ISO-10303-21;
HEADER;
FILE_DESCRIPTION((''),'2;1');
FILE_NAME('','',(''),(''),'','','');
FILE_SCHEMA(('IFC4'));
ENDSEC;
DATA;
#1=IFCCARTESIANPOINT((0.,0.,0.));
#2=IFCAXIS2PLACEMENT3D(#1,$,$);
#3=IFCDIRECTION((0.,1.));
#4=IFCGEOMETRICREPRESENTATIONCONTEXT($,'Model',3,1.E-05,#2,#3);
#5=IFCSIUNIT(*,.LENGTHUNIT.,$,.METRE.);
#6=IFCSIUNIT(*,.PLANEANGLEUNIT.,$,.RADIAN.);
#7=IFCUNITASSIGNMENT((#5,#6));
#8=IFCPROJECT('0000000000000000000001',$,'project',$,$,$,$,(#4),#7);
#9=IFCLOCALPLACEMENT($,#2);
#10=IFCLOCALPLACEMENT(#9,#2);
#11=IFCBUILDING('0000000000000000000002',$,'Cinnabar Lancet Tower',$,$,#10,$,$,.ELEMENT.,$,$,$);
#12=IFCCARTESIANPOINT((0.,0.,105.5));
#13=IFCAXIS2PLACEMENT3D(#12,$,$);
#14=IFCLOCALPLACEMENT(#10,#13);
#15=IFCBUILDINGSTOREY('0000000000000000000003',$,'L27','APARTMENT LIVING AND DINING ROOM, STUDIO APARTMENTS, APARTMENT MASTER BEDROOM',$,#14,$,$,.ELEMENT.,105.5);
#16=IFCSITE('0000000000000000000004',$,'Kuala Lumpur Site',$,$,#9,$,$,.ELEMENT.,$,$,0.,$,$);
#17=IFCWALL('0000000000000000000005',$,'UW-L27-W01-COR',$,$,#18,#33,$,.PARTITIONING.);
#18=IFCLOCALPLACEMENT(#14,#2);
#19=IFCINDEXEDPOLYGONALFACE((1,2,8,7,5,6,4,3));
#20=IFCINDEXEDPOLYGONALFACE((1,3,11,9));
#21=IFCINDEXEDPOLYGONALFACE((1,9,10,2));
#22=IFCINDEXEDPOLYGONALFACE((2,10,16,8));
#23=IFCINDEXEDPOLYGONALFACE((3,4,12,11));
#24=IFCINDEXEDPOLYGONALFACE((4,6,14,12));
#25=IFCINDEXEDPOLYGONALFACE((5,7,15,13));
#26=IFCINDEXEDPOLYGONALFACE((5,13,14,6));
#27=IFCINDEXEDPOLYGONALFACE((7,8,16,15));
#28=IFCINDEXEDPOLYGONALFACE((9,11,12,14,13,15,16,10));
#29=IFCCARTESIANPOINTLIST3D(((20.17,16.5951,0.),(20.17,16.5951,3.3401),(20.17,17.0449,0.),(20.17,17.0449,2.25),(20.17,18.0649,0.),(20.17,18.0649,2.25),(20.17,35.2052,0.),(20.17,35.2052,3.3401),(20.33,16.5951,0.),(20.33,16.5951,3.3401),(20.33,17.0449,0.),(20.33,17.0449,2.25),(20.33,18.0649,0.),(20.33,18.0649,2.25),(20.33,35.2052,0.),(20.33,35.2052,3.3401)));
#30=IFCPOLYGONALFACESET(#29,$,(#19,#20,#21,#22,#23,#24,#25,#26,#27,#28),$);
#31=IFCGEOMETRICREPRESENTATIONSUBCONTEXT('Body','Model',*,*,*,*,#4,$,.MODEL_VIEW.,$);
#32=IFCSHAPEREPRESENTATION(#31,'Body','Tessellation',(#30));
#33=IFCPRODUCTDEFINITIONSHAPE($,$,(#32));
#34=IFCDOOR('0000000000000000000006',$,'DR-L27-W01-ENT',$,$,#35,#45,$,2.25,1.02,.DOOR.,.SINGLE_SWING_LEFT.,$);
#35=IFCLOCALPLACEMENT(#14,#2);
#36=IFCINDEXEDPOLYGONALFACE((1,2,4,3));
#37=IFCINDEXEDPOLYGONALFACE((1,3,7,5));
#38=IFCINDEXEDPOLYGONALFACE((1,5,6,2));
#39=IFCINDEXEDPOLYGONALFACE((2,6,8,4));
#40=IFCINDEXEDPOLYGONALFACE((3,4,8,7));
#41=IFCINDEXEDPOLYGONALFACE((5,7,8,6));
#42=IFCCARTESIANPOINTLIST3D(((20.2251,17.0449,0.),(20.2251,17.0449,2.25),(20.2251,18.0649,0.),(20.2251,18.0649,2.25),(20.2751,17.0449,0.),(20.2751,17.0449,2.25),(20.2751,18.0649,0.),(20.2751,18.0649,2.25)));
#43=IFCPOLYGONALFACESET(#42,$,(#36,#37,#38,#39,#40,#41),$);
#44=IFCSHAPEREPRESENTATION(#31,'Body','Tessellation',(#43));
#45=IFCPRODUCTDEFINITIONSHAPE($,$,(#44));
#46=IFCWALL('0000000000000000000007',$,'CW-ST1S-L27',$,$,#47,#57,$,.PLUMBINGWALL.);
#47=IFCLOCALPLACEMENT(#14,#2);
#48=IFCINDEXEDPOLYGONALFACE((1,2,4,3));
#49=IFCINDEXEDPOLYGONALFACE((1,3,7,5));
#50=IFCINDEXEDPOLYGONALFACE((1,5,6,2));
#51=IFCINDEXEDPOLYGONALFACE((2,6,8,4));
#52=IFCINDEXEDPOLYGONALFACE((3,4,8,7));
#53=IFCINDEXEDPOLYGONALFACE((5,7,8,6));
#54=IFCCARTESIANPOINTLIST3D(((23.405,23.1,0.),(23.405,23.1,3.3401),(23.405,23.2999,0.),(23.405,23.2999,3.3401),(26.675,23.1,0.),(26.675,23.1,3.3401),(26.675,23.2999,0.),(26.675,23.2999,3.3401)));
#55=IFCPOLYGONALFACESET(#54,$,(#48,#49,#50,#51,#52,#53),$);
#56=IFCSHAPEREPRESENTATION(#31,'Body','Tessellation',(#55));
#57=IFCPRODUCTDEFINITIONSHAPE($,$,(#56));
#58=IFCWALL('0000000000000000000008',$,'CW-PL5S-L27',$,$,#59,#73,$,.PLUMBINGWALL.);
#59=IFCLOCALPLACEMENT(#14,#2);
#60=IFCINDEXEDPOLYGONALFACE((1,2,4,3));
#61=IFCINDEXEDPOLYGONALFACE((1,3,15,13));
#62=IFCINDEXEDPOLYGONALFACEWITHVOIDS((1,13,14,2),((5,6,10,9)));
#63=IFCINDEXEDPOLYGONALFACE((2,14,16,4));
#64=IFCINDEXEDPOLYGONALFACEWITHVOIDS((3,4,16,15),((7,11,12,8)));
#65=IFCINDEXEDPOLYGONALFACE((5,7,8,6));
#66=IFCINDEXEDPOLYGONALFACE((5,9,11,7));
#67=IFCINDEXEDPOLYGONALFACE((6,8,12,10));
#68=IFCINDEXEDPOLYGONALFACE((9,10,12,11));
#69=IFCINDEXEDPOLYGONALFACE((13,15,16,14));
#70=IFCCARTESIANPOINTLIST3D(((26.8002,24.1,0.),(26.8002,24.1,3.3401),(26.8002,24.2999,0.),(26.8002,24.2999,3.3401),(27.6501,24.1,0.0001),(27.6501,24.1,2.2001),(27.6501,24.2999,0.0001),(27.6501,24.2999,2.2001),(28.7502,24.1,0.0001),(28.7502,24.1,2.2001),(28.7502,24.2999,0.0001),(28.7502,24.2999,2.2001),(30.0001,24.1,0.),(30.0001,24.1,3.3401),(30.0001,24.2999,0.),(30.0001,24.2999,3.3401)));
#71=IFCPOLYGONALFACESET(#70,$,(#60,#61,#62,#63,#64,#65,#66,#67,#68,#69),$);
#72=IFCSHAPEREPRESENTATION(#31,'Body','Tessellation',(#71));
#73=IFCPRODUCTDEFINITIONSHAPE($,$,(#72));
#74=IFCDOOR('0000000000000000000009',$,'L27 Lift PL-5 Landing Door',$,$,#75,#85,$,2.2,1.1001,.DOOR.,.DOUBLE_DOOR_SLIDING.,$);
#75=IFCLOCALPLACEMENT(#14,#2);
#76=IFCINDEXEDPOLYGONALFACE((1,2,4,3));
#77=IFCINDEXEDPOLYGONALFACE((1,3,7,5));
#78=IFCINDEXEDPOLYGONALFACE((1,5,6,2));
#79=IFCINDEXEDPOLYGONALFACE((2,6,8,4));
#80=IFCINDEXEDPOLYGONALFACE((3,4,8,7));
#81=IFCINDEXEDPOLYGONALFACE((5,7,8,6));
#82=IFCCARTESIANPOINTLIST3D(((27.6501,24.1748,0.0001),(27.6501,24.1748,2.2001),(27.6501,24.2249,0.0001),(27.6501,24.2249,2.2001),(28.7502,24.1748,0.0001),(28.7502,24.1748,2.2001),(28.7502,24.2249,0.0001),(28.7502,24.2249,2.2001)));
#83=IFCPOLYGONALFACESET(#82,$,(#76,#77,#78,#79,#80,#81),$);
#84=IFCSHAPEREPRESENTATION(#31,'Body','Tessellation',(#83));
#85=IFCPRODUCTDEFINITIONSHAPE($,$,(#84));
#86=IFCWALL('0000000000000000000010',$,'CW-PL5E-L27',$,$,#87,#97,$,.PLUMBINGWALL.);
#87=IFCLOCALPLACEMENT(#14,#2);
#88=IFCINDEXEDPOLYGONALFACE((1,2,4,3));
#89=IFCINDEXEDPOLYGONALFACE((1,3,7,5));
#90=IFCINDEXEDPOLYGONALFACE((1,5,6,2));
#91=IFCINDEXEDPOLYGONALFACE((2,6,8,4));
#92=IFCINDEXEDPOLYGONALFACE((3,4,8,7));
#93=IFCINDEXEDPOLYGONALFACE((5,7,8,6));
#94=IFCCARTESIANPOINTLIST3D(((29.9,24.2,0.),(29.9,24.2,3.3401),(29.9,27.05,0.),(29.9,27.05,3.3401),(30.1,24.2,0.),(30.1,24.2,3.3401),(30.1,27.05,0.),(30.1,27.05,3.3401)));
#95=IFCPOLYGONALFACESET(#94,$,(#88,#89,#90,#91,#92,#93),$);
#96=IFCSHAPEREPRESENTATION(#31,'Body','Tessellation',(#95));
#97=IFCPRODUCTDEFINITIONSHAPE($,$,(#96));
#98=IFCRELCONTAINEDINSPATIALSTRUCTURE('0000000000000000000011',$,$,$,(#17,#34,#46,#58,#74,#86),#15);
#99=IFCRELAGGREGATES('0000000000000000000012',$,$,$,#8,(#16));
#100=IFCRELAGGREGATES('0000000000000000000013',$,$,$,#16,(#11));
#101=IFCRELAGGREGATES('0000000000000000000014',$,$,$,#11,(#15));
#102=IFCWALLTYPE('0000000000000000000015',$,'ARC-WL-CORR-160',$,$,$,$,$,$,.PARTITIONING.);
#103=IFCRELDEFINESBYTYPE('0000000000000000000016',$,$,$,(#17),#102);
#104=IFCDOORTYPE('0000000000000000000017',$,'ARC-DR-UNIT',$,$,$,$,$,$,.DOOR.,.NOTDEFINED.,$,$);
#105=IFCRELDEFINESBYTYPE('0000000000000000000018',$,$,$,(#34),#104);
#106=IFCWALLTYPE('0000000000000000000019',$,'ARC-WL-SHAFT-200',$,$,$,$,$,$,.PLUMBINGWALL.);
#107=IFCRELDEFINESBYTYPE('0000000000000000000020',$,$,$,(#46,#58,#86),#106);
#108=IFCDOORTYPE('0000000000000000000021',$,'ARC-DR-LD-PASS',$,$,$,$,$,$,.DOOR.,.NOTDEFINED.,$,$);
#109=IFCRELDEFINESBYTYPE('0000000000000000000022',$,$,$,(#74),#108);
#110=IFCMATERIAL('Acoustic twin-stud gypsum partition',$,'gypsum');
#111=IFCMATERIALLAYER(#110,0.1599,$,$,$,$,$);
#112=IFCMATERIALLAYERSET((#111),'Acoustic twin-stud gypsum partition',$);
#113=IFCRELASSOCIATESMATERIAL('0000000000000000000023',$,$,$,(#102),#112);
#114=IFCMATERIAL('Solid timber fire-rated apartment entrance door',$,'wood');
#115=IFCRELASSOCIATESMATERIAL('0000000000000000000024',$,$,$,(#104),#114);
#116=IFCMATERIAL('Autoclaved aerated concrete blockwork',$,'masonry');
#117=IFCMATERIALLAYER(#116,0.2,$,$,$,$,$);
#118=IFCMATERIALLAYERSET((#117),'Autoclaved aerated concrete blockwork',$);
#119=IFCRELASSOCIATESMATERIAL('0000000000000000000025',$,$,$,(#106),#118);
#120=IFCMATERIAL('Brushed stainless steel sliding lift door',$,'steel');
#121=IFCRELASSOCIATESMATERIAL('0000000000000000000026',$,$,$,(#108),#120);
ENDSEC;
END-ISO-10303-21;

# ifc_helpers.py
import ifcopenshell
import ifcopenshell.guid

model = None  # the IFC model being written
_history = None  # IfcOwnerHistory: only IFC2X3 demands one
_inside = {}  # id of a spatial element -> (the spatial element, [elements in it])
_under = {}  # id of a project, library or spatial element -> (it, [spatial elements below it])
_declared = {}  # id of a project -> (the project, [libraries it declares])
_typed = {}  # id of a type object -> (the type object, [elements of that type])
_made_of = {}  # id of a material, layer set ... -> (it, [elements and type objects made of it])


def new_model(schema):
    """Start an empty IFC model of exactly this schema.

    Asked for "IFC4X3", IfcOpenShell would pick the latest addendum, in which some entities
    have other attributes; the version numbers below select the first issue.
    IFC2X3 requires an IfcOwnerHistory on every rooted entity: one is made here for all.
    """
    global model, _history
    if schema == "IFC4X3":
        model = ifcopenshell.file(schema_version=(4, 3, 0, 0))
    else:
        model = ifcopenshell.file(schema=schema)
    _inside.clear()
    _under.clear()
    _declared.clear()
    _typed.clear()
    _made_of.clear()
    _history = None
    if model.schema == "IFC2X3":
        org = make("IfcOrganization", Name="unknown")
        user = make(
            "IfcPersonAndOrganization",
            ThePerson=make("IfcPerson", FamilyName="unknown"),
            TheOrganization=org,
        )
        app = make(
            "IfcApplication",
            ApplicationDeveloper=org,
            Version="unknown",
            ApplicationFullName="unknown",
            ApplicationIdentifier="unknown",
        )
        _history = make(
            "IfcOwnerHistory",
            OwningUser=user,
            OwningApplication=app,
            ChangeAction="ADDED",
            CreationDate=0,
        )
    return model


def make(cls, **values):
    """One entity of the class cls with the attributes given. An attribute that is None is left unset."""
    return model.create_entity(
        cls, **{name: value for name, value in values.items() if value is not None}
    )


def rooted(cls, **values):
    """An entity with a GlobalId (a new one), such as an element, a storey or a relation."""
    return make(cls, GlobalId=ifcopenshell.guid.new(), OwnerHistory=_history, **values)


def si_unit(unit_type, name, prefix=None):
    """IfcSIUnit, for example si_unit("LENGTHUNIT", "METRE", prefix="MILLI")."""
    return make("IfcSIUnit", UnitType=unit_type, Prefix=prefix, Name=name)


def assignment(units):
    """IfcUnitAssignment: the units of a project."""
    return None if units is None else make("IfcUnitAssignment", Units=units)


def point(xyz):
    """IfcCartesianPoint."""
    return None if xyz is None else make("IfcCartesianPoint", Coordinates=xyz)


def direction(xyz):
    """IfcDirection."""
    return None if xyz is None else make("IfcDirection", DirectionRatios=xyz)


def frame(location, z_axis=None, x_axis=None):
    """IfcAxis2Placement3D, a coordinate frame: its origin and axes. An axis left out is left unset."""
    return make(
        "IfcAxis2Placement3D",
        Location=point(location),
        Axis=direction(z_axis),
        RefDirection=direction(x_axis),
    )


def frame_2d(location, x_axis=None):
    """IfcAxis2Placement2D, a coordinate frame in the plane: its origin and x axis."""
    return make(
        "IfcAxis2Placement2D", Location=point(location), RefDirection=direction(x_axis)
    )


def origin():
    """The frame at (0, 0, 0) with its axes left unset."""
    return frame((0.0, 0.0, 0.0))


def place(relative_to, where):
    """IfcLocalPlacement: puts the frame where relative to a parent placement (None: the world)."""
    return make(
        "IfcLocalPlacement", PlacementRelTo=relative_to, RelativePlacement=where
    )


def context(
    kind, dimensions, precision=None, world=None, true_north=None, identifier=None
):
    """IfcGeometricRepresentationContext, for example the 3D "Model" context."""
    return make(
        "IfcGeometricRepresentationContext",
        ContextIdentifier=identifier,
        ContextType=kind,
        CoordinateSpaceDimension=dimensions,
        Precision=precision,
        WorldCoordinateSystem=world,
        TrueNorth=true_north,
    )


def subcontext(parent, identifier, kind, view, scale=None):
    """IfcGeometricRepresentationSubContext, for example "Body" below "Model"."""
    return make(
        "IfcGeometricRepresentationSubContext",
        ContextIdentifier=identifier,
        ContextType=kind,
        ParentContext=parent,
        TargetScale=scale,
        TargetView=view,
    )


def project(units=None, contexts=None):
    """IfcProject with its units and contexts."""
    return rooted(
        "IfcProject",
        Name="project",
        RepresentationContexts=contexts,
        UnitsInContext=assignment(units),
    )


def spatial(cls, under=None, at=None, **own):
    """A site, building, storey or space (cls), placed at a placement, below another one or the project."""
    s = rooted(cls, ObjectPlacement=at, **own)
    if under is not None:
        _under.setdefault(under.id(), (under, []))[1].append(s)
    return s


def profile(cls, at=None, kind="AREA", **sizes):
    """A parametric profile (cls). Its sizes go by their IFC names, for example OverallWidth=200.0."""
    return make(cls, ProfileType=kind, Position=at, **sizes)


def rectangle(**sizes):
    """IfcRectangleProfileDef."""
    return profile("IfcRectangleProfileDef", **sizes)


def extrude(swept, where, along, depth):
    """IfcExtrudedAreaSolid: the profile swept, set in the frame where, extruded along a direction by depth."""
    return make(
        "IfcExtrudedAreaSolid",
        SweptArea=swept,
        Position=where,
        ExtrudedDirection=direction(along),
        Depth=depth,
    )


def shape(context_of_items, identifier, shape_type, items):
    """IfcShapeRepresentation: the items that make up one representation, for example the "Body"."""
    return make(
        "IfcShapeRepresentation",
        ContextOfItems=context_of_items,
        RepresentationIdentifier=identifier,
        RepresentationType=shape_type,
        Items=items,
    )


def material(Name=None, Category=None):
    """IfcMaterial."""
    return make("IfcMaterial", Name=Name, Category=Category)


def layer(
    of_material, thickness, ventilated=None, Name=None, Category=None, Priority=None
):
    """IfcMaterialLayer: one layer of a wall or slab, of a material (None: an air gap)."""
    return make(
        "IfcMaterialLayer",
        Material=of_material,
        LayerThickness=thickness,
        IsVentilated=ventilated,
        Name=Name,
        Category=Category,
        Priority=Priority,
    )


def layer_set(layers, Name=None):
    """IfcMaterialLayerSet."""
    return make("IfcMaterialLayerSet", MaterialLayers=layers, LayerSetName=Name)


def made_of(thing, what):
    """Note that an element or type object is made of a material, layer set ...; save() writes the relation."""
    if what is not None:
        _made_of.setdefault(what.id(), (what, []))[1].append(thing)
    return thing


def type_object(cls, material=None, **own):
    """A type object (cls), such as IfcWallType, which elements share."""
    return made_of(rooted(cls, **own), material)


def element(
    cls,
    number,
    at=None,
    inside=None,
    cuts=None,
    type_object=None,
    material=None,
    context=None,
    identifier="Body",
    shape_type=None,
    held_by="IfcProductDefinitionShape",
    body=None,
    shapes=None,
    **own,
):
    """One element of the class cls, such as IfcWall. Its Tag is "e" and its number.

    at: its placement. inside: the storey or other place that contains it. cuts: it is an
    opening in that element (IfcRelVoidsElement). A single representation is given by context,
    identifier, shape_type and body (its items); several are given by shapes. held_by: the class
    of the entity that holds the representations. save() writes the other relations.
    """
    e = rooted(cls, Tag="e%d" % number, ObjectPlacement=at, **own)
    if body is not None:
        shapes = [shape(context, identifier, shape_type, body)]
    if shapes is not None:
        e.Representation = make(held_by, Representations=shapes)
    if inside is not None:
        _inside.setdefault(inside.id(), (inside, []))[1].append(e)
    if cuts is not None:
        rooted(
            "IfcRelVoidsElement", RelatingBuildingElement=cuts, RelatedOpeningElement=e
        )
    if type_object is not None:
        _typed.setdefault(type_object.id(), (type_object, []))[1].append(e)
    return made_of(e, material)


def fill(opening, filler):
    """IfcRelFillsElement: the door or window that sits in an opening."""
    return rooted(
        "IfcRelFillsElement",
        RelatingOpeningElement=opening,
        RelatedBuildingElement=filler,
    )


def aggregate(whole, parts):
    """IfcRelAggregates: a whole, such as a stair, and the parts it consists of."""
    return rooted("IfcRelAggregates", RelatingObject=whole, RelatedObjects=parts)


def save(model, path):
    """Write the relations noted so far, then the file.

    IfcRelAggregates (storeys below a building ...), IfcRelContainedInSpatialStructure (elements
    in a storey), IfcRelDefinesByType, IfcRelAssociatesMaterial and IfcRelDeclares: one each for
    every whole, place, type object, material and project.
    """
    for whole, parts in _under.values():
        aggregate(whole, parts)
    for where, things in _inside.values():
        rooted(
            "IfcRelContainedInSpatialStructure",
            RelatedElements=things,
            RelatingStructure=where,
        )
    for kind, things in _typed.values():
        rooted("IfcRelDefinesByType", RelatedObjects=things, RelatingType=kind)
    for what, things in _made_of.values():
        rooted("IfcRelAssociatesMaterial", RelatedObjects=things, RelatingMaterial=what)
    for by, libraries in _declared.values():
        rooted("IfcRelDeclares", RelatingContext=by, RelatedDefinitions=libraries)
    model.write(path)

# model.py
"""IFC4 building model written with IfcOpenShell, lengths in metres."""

from ifc_helpers import new_model, si_unit, direction, frame, frame_2d, origin, place, context, subcontext, project, spatial, rectangle, extrude, material, layer, layer_set, type_object, element, fill, save


model = new_model("IFC4")

# Units and contexts
model_context = context("Model", 3, precision=1e-05, world=origin(), true_north=direction((0.0, 1.0)))
body_context = subcontext(model_context, "Body", "Model", "MODEL_VIEW")
ifc_project = project(units=[si_unit("LENGTHUNIT", "METRE"), si_unit("PLANEANGLEUNIT", "RADIAN")], contexts=[model_context])

# Site, building, storey
site_placement = place(None, origin())
site = spatial("IfcSite", under=ifc_project, at=site_placement, Name="Kuala Lumpur Site", CompositionType="ELEMENT", RefElevation=0.0)
building_placement = place(site_placement, origin())
building = spatial("IfcBuilding", under=site, at=building_placement, Name="Cinnabar Lancet Tower", CompositionType="ELEMENT")
storey_placement = place(building_placement, frame((0.0, 0.0, 105.5)))
storey = spatial("IfcBuildingStorey", under=building, at=storey_placement, Name="L27", Description="APARTMENT LIVING AND DINING ROOM, STUDIO APARTMENTS, APARTMENT MASTER BEDROOM", CompositionType="ELEMENT", Elevation=105.5)

# Wall, opening, door
ifc_material_1 = material(Name="Acoustic twin-stud gypsum partition", Category="gypsum")
ifc_layer_1 = layer(ifc_material_1, 0.1599)
ifc_layer_set_1 = layer_set([ifc_layer_1], Name="Acoustic twin-stud gypsum partition")
wall_type_1 = type_object("IfcWallType", Name="ARC-WL-CORR-160", PredefinedType="PARTITIONING", material=ifc_layer_set_1)
wall_1_placement = place(storey_placement, frame((20.25, 16.595, 0.0), z_axis=(0.0, 0.0, 1.0), x_axis=(0.0, 1.0, 0.0)))
wall_1 = element("IfcWall", 1, at=wall_1_placement, inside=storey, type_object=wall_type_1, Name="UW-L27-W01-COR", PredefinedType="PARTITIONING", context=body_context, shape_type="SweptSolid", body=[
    extrude(rectangle(XDim=18.6101, YDim=0.1599, at=frame_2d((9.3052, 0.0))), origin(), (0.0, 0.0, 1.0), 3.3401),
])
opening_1_placement = place(wall_1_placement, frame((0.45, 0.0, 0.0)))
opening_1 = element("IfcOpeningElement", 2, at=opening_1_placement, cuts=wall_1, PredefinedType="OPENING", context=body_context, shape_type="SweptSolid", body=[
    extrude(rectangle(XDim=1.02, YDim=2.25, at=frame_2d((0.51, 1.125))), frame((0.0, 0.0898, 0.0), z_axis=(0.0, -1.0, 0.0), x_axis=(1.0, 0.0, 0.0)), (0.0, 0.0, 1.0), 0.1799),
])
ifc_material_2 = material(Name="Solid timber fire-rated apartment entrance door", Category="wood")
door_type_1 = type_object("IfcDoorType", Name="ARC-DR-UNIT", OperationType="NOTDEFINED", PredefinedType="DOOR", material=ifc_material_2)
door_1_placement = place(opening_1_placement, origin())
door_1 = element("IfcDoor", 3, at=door_1_placement, inside=storey, type_object=door_type_1, Name="DR-L27-W01-ENT", OperationType="SINGLE_SWING_LEFT", OverallHeight=2.25, OverallWidth=1.02, PredefinedType="DOOR", context=body_context, shape_type="SweptSolid", body=[
    extrude(rectangle(XDim=1.02, YDim=2.25, at=frame_2d((0.51, 1.125))), frame((0.0, 0.0249, 0.0), z_axis=(0.0, -1.0, 0.0), x_axis=(1.0, 0.0, 0.0)), (0.0, 0.0, 1.0), 0.05),
])
fill(opening_1, door_1)

# Wall
ifc_material_3 = material(Name="Autoclaved aerated concrete blockwork", Category="masonry")
ifc_layer_2 = layer(ifc_material_3, 0.2)
ifc_layer_set_2 = layer_set([ifc_layer_2], Name="Autoclaved aerated concrete blockwork")
wall_type_2 = type_object("IfcWallType", Name="ARC-WL-SHAFT-200", PredefinedType="PLUMBINGWALL", material=ifc_layer_set_2)
wall_2_placement = place(storey_placement, frame((23.405, 23.2, 0.0), z_axis=(0.0, 0.0, 1.0), x_axis=(1.0, 0.0, 0.0)))
element("IfcWall", 4, at=wall_2_placement, inside=storey, type_object=wall_type_2, Name="CW-ST1S-L27", PredefinedType="PLUMBINGWALL", context=body_context, shape_type="SweptSolid", body=[
    extrude(rectangle(XDim=3.27, YDim=0.2, at=frame_2d((1.635, 0.0))), origin(), (0.0, 0.0, 1.0), 3.3401),
])

# Wall, opening, door
wall_3_placement = place(storey_placement, frame((26.8, 24.2, 0.0), z_axis=(0.0, 0.0, 1.0), x_axis=(1.0, 0.0, 0.0)))
wall_3 = element("IfcWall", 5, at=wall_3_placement, inside=storey, type_object=wall_type_2, Name="CW-PL5S-L27", PredefinedType="PLUMBINGWALL", context=body_context, shape_type="SweptSolid", body=[
    extrude(rectangle(XDim=3.2, YDim=0.2, at=frame_2d((1.6001, 0.0))), origin(), (0.0, 0.0, 1.0), 3.3401),
])
opening_2_placement = place(wall_3_placement, frame((0.8501, 0.0, 0.0)))
opening_2 = element("IfcOpeningElement", 6, at=opening_2_placement, cuts=wall_3, PredefinedType="OPENING", context=body_context, shape_type="SweptSolid", body=[
    extrude(rectangle(XDim=1.1001, YDim=2.2, at=frame_2d((0.55, 1.1001))), frame((0.0, 0.1099, 0.0), z_axis=(0.0, -1.0, 0.0), x_axis=(1.0, 0.0, 0.0)), (0.0, 0.0, 1.0), 0.22),
])
ifc_material_4 = material(Name="Brushed stainless steel sliding lift door", Category="steel")
door_type_2 = type_object("IfcDoorType", Name="ARC-DR-LD-PASS", OperationType="NOTDEFINED", PredefinedType="DOOR", material=ifc_material_4)
door_2_placement = place(opening_2_placement, origin())
door_2 = element("IfcDoor", 7, at=door_2_placement, inside=storey, type_object=door_type_2, Name="L27 Lift PL-5 Landing Door", OperationType="DOUBLE_DOOR_SLIDING", OverallHeight=2.2, OverallWidth=1.1001, PredefinedType="DOOR", context=body_context, shape_type="SweptSolid", body=[
    extrude(rectangle(XDim=1.1001, YDim=2.2, at=frame_2d((0.55, 1.1001))), frame((0.0, 0.0249, 0.0), z_axis=(0.0, -1.0, 0.0), x_axis=(1.0, 0.0, 0.0)), (0.0, 0.0, 1.0), 0.05),
])
fill(opening_2, door_2)

# Wall
wall_4_placement = place(storey_placement, frame((30.0, 24.2, 0.0), z_axis=(0.0, 0.0, 1.0), x_axis=(0.0, 1.0, 0.0)))
element("IfcWall", 8, at=wall_4_placement, inside=storey, type_object=wall_type_2, Name="CW-PL5E-L27", PredefinedType="PLUMBINGWALL", context=body_context, shape_type="SweptSolid", body=[
    extrude(rectangle(XDim=2.8501, YDim=0.2, at=frame_2d((1.425, 0.0))), origin(), (0.0, 0.0, 1.0), 3.3401),
])

save(model, "model.ifc")
